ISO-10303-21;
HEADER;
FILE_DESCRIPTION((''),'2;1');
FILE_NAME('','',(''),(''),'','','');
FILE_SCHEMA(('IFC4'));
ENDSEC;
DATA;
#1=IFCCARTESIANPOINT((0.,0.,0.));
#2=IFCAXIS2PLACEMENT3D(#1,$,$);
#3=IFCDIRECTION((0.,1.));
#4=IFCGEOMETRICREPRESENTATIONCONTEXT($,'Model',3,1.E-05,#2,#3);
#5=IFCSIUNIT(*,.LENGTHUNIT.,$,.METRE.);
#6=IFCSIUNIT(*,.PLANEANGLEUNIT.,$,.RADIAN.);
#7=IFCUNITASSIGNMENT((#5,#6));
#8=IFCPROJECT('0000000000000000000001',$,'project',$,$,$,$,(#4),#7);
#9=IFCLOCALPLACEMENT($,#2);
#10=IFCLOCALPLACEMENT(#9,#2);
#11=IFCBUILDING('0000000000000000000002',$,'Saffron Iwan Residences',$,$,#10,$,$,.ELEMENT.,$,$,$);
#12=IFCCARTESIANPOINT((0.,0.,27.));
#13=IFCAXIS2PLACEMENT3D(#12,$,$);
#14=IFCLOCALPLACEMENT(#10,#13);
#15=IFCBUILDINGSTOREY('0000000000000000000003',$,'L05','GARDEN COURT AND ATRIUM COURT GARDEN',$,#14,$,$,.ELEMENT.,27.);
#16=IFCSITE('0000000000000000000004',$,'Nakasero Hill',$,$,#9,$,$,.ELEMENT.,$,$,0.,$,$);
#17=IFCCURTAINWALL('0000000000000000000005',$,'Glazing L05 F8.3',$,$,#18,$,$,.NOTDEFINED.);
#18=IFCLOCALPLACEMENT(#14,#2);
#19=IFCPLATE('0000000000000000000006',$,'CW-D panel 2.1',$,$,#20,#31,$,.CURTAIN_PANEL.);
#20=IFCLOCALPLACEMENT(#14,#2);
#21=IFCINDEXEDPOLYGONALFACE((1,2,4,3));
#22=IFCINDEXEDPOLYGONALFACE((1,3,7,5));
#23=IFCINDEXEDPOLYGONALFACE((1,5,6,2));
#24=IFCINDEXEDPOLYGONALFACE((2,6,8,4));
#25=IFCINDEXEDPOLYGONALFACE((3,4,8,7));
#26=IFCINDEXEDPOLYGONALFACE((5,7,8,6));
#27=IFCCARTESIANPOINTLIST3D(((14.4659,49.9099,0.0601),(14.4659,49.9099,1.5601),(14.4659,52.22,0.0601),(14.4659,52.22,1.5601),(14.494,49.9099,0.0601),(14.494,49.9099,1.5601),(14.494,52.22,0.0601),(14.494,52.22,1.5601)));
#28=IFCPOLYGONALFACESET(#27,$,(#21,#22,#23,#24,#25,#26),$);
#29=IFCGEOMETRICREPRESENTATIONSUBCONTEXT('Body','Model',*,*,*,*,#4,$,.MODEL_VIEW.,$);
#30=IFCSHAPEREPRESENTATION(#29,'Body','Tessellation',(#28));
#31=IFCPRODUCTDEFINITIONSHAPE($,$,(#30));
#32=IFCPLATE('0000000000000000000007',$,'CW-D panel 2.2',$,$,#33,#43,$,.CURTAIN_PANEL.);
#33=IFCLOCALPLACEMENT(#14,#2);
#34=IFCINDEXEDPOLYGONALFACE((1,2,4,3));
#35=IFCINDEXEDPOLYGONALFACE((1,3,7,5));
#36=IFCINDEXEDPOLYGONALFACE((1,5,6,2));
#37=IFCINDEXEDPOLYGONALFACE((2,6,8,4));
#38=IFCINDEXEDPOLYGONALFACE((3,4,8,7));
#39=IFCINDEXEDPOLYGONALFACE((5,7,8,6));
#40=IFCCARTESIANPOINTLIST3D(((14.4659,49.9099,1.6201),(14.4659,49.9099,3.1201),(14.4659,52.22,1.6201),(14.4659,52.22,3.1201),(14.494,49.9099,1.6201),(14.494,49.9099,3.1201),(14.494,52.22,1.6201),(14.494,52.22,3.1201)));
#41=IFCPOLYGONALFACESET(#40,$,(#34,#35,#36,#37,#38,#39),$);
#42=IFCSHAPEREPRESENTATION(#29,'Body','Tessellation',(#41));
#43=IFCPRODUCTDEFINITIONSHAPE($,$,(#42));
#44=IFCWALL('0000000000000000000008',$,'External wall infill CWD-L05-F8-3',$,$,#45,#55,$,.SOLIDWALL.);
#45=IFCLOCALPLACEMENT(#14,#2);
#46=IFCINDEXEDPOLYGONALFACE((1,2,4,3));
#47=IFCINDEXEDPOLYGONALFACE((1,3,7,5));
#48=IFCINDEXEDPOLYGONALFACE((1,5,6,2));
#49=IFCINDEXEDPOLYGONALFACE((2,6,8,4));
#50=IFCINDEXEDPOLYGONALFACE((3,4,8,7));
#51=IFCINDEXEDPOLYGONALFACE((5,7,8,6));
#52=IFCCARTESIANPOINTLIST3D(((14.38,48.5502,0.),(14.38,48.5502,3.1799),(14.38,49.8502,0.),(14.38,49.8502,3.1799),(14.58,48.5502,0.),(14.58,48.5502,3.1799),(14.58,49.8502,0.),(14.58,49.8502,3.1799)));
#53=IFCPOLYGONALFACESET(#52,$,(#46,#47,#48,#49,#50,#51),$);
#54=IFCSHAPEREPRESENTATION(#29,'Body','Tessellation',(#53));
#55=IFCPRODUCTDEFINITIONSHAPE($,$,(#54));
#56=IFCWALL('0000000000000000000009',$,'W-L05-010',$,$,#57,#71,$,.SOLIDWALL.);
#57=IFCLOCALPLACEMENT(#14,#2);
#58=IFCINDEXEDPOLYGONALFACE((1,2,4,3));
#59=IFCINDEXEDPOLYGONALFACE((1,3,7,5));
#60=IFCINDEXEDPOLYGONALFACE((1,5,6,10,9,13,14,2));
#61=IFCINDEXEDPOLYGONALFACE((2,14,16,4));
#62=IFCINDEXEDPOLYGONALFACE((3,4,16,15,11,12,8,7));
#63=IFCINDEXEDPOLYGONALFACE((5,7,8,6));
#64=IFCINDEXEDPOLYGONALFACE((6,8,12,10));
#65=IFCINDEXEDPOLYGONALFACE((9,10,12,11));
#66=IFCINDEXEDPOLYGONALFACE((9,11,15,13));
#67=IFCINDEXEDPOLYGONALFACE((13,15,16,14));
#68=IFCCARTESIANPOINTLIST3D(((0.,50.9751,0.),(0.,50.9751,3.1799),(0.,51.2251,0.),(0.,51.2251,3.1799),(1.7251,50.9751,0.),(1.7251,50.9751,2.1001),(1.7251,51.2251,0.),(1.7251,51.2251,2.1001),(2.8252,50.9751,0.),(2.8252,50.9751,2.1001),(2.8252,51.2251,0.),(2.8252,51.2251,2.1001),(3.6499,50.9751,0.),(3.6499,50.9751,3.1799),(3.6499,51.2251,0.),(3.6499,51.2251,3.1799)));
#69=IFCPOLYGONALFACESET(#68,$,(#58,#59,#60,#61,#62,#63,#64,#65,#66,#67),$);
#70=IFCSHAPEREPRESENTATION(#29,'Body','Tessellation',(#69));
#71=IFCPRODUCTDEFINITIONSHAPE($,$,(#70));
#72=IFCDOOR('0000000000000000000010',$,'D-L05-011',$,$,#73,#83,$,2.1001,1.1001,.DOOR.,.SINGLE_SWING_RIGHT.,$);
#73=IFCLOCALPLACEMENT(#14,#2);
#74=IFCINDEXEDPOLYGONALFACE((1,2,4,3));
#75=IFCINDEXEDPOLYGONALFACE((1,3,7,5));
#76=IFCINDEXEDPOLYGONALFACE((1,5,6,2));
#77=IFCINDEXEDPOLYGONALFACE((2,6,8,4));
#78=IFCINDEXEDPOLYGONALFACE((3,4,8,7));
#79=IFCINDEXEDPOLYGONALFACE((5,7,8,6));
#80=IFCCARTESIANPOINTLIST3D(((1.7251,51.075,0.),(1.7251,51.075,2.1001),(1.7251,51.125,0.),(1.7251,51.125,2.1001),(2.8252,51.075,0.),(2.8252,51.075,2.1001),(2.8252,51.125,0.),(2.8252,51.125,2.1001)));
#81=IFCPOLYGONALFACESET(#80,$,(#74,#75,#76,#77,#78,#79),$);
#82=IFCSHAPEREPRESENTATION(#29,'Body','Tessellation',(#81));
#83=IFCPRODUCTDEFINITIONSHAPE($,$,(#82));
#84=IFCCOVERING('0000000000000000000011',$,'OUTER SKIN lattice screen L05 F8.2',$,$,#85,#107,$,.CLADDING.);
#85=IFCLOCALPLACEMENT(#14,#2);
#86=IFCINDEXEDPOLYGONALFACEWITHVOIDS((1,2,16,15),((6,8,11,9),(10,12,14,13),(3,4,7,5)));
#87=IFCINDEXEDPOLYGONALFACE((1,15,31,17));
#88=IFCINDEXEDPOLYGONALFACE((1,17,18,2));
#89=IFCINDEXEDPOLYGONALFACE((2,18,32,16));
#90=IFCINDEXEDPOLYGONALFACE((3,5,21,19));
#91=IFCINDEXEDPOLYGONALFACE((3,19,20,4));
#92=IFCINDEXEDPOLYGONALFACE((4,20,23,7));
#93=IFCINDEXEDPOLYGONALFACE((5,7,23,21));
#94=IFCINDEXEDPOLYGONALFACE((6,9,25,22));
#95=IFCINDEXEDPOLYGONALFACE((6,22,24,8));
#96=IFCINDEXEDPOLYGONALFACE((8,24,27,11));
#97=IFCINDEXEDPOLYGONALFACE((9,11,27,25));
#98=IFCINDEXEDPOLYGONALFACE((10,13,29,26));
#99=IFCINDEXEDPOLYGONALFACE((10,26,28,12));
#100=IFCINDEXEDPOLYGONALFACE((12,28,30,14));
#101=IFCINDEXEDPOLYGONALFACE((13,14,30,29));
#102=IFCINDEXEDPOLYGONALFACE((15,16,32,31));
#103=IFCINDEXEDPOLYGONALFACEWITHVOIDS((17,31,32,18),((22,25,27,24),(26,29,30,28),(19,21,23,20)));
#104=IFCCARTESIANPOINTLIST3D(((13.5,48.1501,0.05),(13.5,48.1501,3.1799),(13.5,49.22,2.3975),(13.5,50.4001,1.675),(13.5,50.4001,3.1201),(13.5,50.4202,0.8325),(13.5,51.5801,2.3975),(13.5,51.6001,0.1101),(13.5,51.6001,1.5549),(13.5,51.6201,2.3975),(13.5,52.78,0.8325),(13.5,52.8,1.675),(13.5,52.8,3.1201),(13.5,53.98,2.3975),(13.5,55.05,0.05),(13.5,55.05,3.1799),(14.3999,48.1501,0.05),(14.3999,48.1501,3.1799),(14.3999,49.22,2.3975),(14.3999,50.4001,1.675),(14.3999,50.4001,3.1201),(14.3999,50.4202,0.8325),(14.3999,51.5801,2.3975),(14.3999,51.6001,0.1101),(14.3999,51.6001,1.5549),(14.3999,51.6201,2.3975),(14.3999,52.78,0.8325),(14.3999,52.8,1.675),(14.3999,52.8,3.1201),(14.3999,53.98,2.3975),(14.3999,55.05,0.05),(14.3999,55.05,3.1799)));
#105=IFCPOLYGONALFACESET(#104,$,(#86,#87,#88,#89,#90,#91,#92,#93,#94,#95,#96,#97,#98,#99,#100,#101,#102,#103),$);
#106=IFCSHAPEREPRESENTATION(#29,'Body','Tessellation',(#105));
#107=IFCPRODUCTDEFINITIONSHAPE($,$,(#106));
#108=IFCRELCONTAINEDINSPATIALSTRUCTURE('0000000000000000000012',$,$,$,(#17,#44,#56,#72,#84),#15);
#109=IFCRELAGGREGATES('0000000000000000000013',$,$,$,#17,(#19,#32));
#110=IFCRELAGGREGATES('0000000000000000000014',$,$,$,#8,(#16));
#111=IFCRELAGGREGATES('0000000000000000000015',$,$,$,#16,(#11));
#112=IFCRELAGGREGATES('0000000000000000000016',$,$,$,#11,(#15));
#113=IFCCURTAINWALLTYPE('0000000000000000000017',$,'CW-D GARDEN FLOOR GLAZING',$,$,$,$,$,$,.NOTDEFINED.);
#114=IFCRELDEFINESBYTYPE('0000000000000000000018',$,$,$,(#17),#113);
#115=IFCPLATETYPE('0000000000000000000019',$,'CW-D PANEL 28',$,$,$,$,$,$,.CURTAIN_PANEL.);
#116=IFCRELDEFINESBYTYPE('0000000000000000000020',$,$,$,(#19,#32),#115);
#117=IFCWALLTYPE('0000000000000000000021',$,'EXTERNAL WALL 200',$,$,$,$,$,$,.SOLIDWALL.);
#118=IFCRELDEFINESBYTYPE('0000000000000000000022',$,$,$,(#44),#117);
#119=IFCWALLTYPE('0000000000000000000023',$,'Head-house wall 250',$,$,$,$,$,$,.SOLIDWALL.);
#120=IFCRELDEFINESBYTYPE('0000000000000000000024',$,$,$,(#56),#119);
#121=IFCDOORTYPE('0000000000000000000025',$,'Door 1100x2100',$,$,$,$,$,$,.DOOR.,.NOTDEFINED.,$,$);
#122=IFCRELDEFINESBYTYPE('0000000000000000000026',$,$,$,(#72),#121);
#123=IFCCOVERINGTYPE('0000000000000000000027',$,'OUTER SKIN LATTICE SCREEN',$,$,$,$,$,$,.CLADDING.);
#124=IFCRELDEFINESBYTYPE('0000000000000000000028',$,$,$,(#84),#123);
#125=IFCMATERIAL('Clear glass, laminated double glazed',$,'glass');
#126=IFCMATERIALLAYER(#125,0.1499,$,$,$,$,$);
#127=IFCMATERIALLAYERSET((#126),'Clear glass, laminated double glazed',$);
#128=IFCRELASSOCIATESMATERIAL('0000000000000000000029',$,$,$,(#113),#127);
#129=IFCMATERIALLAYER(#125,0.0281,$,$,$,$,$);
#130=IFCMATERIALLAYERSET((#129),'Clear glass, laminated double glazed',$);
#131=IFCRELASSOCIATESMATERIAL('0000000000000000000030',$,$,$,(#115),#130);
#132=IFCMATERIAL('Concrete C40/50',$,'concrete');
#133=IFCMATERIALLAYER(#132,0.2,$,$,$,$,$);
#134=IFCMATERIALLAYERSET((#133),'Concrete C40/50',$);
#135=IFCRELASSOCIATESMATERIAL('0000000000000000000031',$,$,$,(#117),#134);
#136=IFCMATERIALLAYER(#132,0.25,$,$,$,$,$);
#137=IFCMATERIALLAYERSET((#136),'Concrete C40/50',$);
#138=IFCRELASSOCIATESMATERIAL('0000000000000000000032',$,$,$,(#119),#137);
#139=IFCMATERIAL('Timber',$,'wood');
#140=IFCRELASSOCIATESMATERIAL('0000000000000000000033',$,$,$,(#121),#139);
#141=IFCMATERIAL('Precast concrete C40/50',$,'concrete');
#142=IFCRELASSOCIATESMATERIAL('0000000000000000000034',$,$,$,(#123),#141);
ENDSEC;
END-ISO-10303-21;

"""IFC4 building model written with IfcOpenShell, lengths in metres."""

from ifc_helpers import new_model, si_unit, direction, frame, frame_2d, origin, origin_2d, place, context, subcontext, project, spatial, polyline, rectangle, outline, extrude, source, transform, mapped, material, layer, layer_set, type_object, element, fill, aggregate, save


model = new_model("IFC4")

# Units and contexts
model_context = context("Model", 3, precision=1e-05, world=origin(), true_north=direction((0.0, 1.0)))
body_context = subcontext(model_context, "Body", "Model", "MODEL_VIEW")
ifc_project = project(units=[si_unit("LENGTHUNIT", "METRE"), si_unit("PLANEANGLEUNIT", "RADIAN")], contexts=[model_context])

# Site, building, storey
site_placement = place(None, origin())
site = spatial("IfcSite", under=ifc_project, at=site_placement, Name="Nakasero Hill", CompositionType="ELEMENT", RefElevation=0.0)
building_placement = place(site_placement, origin())
building = spatial("IfcBuilding", under=site, at=building_placement, Name="Saffron Iwan Residences", CompositionType="ELEMENT")
storey_placement = place(building_placement, frame((0.0, 0.0, 27.0)))
storey = spatial("IfcBuildingStorey", under=building, at=storey_placement, Name="L05", Description="GARDEN COURT AND ATRIUM COURT GARDEN", CompositionType="ELEMENT", Elevation=27.0)

# Curtain wall, plates
ifc_material_1 = material(Name="Clear glass, laminated double glazed", Category="glass")
ifc_layer_1 = layer(ifc_material_1, 0.1499)
ifc_layer_set_1 = layer_set([ifc_layer_1], Name="Clear glass, laminated double glazed")
curtain_wall_type = type_object("IfcCurtainWallType", Name="CW-D GARDEN FLOOR GLAZING", PredefinedType="NOTDEFINED", material=ifc_layer_set_1)
curtain_wall_placement = place(storey_placement, origin())
curtain_wall = element("IfcCurtainWall", 1, at=curtain_wall_placement, inside=storey, type_object=curtain_wall_type, Name="Glazing L05 F8.3", PredefinedType="NOTDEFINED")
ifc_layer_2 = layer(ifc_material_1, 0.0281)
ifc_layer_set_2 = layer_set([ifc_layer_2], Name="Clear glass, laminated double glazed")
plate_type = type_object("IfcPlateType", Name="CW-D PANEL 28", PredefinedType="CURTAIN_PANEL", material=ifc_layer_set_2)
shared_shape_1 = source(origin(), body_context, "Body", "SweptSolid", [
    extrude(rectangle(XDim=2.3101, YDim=0.0281, at=origin_2d()), origin(), (0.0, 0.0, 1.0), 1.5),
])
plate_1_placement = place(storey_placement, frame((14.48, 51.0649, 0.0601), z_axis=(0.0, 0.0, 1.0), x_axis=(0.0, -1.0, 0.0)))
plate_1 = element("IfcPlate", 2, at=plate_1_placement, type_object=plate_type, Name="CW-D panel 2.1", PredefinedType="CURTAIN_PANEL", context=body_context, shape_type="MappedRepresentation", body=[
    mapped(shared_shape_1, transform((0.0, 0.0, 0.0))),
])
plate_2_placement = place(storey_placement, frame((14.48, 51.0649, 1.6201), z_axis=(0.0, 0.0, 1.0), x_axis=(0.0, -1.0, 0.0)))
plate_2 = element("IfcPlate", 3, at=plate_2_placement, type_object=plate_type, Name="CW-D panel 2.2", PredefinedType="CURTAIN_PANEL", context=body_context, shape_type="MappedRepresentation", body=[
    mapped(shared_shape_1, transform((0.0, 0.0, 0.0))),
])
aggregate(curtain_wall, [plate_1, plate_2])

# Wall
ifc_material_2 = material(Name="Concrete C40/50", Category="concrete")
ifc_layer_3 = layer(ifc_material_2, 0.2)
ifc_layer_set_3 = layer_set([ifc_layer_3], Name="Concrete C40/50")
wall_type_1 = type_object("IfcWallType", Name="EXTERNAL WALL 200", PredefinedType="SOLIDWALL", material=ifc_layer_set_3)
wall_1_placement = place(storey_placement, frame((14.48, 49.8501, 0.0), z_axis=(0.0, 0.0, 1.0), x_axis=(0.0, -1.0, 0.0)))
element("IfcWall", 4, at=wall_1_placement, inside=storey, type_object=wall_type_1, Name="External wall infill CWD-L05-F8-3", PredefinedType="SOLIDWALL", context=body_context, shape_type="SweptSolid", body=[
    extrude(rectangle(XDim=1.3, YDim=0.2, at=frame_2d((0.6499, 0.0))), origin(), (0.0, 0.0, 1.0), 3.1799),
])

# Wall, opening, door
ifc_layer_4 = layer(ifc_material_2, 0.25)
ifc_layer_set_4 = layer_set([ifc_layer_4], Name="Concrete C40/50")
wall_type_2 = type_object("IfcWallType", Name="Head-house wall 250", PredefinedType="SOLIDWALL", material=ifc_layer_set_4)
wall_2_placement = place(storey_placement, frame((0.0, 51.1001, 0.0), z_axis=(0.0, 0.0, 1.0), x_axis=(1.0, 0.0, 0.0)))
wall_2 = element("IfcWall", 5, at=wall_2_placement, inside=storey, type_object=wall_type_2, Name="W-L05-010", PredefinedType="SOLIDWALL", context=body_context, shape_type="SweptSolid", body=[
    extrude(rectangle(XDim=3.6499, YDim=0.25, at=frame_2d((1.825, 0.0))), origin(), (0.0, 0.0, 1.0), 3.1799),
])
opening_placement = place(wall_2_placement, frame((1.7251, 0.0, 0.0)))
opening = element("IfcOpeningElement", 6, at=opening_placement, cuts=wall_2, PredefinedType="OPENING", context=body_context, shape_type="SweptSolid", body=[
    extrude(rectangle(XDim=1.1001, YDim=2.1001, at=frame_2d((0.55, 1.05))), frame((0.0, 0.135, 0.0), z_axis=(0.0, -1.0, 0.0), x_axis=(1.0, 0.0, 0.0)), (0.0, 0.0, 1.0), 0.27),
])
ifc_material_3 = material(Name="Timber", Category="wood")
door_type = type_object("IfcDoorType", Name="Door 1100x2100", OperationType="NOTDEFINED", PredefinedType="DOOR", material=ifc_material_3)
door_placement = place(opening_placement, origin())
door = element("IfcDoor", 7, at=door_placement, inside=storey, type_object=door_type, Name="D-L05-011", OperationType="SINGLE_SWING_RIGHT", OverallHeight=2.1001, OverallWidth=1.1001, PredefinedType="DOOR", context=body_context, shape_type="SweptSolid", body=[
    extrude(rectangle(XDim=1.1001, YDim=2.1001, at=frame_2d((0.55, 1.05))), frame((0.0, 0.0249, 0.0), z_axis=(0.0, -1.0, 0.0), x_axis=(1.0, 0.0, 0.0)), (0.0, 0.0, 1.0), 0.05),
])
fill(opening, door)

# Covering
ifc_material_4 = material(Name="Precast concrete C40/50", Category="concrete")
covering_type = type_object("IfcCoveringType", Name="OUTER SKIN LATTICE SCREEN", PredefinedType="CLADDING", material=ifc_material_4)
covering_placement = place(storey_placement, frame((14.3999, 55.05, 0.05), z_axis=(-1.0, 0.0, 0.0), x_axis=(0.0, -1.0, 0.0)))
element("IfcCovering", 8, at=covering_placement, inside=storey, type_object=covering_type, Name="OUTER SKIN lattice screen L05 F8.2", PredefinedType="CLADDING", context=body_context, shape_type="SweptSolid", body=[
    extrude(outline(polyline([(0.0, 0.0), (6.8999, 0.0), (6.8999, 3.1299), (0.0, 3.1299), (0.0, 0.0)]), holes=[polyline([(2.27, 0.7825), (3.45, 0.0601), (4.6299, 0.7825), (3.45, 1.5049), (2.27, 0.7825)]), polyline([(1.0701, 2.3474), (2.25, 1.625), (3.4299, 2.3474), (2.25, 3.0701), (1.0701, 2.3474)]), polyline([(3.47, 2.3474), (4.6499, 1.625), (5.8301, 2.3474), (4.6499, 3.0701), (3.47, 2.3474)])]), origin(), (0.0, 0.0, 1.0), 0.8999),
])

save(model, "model.ifc")
